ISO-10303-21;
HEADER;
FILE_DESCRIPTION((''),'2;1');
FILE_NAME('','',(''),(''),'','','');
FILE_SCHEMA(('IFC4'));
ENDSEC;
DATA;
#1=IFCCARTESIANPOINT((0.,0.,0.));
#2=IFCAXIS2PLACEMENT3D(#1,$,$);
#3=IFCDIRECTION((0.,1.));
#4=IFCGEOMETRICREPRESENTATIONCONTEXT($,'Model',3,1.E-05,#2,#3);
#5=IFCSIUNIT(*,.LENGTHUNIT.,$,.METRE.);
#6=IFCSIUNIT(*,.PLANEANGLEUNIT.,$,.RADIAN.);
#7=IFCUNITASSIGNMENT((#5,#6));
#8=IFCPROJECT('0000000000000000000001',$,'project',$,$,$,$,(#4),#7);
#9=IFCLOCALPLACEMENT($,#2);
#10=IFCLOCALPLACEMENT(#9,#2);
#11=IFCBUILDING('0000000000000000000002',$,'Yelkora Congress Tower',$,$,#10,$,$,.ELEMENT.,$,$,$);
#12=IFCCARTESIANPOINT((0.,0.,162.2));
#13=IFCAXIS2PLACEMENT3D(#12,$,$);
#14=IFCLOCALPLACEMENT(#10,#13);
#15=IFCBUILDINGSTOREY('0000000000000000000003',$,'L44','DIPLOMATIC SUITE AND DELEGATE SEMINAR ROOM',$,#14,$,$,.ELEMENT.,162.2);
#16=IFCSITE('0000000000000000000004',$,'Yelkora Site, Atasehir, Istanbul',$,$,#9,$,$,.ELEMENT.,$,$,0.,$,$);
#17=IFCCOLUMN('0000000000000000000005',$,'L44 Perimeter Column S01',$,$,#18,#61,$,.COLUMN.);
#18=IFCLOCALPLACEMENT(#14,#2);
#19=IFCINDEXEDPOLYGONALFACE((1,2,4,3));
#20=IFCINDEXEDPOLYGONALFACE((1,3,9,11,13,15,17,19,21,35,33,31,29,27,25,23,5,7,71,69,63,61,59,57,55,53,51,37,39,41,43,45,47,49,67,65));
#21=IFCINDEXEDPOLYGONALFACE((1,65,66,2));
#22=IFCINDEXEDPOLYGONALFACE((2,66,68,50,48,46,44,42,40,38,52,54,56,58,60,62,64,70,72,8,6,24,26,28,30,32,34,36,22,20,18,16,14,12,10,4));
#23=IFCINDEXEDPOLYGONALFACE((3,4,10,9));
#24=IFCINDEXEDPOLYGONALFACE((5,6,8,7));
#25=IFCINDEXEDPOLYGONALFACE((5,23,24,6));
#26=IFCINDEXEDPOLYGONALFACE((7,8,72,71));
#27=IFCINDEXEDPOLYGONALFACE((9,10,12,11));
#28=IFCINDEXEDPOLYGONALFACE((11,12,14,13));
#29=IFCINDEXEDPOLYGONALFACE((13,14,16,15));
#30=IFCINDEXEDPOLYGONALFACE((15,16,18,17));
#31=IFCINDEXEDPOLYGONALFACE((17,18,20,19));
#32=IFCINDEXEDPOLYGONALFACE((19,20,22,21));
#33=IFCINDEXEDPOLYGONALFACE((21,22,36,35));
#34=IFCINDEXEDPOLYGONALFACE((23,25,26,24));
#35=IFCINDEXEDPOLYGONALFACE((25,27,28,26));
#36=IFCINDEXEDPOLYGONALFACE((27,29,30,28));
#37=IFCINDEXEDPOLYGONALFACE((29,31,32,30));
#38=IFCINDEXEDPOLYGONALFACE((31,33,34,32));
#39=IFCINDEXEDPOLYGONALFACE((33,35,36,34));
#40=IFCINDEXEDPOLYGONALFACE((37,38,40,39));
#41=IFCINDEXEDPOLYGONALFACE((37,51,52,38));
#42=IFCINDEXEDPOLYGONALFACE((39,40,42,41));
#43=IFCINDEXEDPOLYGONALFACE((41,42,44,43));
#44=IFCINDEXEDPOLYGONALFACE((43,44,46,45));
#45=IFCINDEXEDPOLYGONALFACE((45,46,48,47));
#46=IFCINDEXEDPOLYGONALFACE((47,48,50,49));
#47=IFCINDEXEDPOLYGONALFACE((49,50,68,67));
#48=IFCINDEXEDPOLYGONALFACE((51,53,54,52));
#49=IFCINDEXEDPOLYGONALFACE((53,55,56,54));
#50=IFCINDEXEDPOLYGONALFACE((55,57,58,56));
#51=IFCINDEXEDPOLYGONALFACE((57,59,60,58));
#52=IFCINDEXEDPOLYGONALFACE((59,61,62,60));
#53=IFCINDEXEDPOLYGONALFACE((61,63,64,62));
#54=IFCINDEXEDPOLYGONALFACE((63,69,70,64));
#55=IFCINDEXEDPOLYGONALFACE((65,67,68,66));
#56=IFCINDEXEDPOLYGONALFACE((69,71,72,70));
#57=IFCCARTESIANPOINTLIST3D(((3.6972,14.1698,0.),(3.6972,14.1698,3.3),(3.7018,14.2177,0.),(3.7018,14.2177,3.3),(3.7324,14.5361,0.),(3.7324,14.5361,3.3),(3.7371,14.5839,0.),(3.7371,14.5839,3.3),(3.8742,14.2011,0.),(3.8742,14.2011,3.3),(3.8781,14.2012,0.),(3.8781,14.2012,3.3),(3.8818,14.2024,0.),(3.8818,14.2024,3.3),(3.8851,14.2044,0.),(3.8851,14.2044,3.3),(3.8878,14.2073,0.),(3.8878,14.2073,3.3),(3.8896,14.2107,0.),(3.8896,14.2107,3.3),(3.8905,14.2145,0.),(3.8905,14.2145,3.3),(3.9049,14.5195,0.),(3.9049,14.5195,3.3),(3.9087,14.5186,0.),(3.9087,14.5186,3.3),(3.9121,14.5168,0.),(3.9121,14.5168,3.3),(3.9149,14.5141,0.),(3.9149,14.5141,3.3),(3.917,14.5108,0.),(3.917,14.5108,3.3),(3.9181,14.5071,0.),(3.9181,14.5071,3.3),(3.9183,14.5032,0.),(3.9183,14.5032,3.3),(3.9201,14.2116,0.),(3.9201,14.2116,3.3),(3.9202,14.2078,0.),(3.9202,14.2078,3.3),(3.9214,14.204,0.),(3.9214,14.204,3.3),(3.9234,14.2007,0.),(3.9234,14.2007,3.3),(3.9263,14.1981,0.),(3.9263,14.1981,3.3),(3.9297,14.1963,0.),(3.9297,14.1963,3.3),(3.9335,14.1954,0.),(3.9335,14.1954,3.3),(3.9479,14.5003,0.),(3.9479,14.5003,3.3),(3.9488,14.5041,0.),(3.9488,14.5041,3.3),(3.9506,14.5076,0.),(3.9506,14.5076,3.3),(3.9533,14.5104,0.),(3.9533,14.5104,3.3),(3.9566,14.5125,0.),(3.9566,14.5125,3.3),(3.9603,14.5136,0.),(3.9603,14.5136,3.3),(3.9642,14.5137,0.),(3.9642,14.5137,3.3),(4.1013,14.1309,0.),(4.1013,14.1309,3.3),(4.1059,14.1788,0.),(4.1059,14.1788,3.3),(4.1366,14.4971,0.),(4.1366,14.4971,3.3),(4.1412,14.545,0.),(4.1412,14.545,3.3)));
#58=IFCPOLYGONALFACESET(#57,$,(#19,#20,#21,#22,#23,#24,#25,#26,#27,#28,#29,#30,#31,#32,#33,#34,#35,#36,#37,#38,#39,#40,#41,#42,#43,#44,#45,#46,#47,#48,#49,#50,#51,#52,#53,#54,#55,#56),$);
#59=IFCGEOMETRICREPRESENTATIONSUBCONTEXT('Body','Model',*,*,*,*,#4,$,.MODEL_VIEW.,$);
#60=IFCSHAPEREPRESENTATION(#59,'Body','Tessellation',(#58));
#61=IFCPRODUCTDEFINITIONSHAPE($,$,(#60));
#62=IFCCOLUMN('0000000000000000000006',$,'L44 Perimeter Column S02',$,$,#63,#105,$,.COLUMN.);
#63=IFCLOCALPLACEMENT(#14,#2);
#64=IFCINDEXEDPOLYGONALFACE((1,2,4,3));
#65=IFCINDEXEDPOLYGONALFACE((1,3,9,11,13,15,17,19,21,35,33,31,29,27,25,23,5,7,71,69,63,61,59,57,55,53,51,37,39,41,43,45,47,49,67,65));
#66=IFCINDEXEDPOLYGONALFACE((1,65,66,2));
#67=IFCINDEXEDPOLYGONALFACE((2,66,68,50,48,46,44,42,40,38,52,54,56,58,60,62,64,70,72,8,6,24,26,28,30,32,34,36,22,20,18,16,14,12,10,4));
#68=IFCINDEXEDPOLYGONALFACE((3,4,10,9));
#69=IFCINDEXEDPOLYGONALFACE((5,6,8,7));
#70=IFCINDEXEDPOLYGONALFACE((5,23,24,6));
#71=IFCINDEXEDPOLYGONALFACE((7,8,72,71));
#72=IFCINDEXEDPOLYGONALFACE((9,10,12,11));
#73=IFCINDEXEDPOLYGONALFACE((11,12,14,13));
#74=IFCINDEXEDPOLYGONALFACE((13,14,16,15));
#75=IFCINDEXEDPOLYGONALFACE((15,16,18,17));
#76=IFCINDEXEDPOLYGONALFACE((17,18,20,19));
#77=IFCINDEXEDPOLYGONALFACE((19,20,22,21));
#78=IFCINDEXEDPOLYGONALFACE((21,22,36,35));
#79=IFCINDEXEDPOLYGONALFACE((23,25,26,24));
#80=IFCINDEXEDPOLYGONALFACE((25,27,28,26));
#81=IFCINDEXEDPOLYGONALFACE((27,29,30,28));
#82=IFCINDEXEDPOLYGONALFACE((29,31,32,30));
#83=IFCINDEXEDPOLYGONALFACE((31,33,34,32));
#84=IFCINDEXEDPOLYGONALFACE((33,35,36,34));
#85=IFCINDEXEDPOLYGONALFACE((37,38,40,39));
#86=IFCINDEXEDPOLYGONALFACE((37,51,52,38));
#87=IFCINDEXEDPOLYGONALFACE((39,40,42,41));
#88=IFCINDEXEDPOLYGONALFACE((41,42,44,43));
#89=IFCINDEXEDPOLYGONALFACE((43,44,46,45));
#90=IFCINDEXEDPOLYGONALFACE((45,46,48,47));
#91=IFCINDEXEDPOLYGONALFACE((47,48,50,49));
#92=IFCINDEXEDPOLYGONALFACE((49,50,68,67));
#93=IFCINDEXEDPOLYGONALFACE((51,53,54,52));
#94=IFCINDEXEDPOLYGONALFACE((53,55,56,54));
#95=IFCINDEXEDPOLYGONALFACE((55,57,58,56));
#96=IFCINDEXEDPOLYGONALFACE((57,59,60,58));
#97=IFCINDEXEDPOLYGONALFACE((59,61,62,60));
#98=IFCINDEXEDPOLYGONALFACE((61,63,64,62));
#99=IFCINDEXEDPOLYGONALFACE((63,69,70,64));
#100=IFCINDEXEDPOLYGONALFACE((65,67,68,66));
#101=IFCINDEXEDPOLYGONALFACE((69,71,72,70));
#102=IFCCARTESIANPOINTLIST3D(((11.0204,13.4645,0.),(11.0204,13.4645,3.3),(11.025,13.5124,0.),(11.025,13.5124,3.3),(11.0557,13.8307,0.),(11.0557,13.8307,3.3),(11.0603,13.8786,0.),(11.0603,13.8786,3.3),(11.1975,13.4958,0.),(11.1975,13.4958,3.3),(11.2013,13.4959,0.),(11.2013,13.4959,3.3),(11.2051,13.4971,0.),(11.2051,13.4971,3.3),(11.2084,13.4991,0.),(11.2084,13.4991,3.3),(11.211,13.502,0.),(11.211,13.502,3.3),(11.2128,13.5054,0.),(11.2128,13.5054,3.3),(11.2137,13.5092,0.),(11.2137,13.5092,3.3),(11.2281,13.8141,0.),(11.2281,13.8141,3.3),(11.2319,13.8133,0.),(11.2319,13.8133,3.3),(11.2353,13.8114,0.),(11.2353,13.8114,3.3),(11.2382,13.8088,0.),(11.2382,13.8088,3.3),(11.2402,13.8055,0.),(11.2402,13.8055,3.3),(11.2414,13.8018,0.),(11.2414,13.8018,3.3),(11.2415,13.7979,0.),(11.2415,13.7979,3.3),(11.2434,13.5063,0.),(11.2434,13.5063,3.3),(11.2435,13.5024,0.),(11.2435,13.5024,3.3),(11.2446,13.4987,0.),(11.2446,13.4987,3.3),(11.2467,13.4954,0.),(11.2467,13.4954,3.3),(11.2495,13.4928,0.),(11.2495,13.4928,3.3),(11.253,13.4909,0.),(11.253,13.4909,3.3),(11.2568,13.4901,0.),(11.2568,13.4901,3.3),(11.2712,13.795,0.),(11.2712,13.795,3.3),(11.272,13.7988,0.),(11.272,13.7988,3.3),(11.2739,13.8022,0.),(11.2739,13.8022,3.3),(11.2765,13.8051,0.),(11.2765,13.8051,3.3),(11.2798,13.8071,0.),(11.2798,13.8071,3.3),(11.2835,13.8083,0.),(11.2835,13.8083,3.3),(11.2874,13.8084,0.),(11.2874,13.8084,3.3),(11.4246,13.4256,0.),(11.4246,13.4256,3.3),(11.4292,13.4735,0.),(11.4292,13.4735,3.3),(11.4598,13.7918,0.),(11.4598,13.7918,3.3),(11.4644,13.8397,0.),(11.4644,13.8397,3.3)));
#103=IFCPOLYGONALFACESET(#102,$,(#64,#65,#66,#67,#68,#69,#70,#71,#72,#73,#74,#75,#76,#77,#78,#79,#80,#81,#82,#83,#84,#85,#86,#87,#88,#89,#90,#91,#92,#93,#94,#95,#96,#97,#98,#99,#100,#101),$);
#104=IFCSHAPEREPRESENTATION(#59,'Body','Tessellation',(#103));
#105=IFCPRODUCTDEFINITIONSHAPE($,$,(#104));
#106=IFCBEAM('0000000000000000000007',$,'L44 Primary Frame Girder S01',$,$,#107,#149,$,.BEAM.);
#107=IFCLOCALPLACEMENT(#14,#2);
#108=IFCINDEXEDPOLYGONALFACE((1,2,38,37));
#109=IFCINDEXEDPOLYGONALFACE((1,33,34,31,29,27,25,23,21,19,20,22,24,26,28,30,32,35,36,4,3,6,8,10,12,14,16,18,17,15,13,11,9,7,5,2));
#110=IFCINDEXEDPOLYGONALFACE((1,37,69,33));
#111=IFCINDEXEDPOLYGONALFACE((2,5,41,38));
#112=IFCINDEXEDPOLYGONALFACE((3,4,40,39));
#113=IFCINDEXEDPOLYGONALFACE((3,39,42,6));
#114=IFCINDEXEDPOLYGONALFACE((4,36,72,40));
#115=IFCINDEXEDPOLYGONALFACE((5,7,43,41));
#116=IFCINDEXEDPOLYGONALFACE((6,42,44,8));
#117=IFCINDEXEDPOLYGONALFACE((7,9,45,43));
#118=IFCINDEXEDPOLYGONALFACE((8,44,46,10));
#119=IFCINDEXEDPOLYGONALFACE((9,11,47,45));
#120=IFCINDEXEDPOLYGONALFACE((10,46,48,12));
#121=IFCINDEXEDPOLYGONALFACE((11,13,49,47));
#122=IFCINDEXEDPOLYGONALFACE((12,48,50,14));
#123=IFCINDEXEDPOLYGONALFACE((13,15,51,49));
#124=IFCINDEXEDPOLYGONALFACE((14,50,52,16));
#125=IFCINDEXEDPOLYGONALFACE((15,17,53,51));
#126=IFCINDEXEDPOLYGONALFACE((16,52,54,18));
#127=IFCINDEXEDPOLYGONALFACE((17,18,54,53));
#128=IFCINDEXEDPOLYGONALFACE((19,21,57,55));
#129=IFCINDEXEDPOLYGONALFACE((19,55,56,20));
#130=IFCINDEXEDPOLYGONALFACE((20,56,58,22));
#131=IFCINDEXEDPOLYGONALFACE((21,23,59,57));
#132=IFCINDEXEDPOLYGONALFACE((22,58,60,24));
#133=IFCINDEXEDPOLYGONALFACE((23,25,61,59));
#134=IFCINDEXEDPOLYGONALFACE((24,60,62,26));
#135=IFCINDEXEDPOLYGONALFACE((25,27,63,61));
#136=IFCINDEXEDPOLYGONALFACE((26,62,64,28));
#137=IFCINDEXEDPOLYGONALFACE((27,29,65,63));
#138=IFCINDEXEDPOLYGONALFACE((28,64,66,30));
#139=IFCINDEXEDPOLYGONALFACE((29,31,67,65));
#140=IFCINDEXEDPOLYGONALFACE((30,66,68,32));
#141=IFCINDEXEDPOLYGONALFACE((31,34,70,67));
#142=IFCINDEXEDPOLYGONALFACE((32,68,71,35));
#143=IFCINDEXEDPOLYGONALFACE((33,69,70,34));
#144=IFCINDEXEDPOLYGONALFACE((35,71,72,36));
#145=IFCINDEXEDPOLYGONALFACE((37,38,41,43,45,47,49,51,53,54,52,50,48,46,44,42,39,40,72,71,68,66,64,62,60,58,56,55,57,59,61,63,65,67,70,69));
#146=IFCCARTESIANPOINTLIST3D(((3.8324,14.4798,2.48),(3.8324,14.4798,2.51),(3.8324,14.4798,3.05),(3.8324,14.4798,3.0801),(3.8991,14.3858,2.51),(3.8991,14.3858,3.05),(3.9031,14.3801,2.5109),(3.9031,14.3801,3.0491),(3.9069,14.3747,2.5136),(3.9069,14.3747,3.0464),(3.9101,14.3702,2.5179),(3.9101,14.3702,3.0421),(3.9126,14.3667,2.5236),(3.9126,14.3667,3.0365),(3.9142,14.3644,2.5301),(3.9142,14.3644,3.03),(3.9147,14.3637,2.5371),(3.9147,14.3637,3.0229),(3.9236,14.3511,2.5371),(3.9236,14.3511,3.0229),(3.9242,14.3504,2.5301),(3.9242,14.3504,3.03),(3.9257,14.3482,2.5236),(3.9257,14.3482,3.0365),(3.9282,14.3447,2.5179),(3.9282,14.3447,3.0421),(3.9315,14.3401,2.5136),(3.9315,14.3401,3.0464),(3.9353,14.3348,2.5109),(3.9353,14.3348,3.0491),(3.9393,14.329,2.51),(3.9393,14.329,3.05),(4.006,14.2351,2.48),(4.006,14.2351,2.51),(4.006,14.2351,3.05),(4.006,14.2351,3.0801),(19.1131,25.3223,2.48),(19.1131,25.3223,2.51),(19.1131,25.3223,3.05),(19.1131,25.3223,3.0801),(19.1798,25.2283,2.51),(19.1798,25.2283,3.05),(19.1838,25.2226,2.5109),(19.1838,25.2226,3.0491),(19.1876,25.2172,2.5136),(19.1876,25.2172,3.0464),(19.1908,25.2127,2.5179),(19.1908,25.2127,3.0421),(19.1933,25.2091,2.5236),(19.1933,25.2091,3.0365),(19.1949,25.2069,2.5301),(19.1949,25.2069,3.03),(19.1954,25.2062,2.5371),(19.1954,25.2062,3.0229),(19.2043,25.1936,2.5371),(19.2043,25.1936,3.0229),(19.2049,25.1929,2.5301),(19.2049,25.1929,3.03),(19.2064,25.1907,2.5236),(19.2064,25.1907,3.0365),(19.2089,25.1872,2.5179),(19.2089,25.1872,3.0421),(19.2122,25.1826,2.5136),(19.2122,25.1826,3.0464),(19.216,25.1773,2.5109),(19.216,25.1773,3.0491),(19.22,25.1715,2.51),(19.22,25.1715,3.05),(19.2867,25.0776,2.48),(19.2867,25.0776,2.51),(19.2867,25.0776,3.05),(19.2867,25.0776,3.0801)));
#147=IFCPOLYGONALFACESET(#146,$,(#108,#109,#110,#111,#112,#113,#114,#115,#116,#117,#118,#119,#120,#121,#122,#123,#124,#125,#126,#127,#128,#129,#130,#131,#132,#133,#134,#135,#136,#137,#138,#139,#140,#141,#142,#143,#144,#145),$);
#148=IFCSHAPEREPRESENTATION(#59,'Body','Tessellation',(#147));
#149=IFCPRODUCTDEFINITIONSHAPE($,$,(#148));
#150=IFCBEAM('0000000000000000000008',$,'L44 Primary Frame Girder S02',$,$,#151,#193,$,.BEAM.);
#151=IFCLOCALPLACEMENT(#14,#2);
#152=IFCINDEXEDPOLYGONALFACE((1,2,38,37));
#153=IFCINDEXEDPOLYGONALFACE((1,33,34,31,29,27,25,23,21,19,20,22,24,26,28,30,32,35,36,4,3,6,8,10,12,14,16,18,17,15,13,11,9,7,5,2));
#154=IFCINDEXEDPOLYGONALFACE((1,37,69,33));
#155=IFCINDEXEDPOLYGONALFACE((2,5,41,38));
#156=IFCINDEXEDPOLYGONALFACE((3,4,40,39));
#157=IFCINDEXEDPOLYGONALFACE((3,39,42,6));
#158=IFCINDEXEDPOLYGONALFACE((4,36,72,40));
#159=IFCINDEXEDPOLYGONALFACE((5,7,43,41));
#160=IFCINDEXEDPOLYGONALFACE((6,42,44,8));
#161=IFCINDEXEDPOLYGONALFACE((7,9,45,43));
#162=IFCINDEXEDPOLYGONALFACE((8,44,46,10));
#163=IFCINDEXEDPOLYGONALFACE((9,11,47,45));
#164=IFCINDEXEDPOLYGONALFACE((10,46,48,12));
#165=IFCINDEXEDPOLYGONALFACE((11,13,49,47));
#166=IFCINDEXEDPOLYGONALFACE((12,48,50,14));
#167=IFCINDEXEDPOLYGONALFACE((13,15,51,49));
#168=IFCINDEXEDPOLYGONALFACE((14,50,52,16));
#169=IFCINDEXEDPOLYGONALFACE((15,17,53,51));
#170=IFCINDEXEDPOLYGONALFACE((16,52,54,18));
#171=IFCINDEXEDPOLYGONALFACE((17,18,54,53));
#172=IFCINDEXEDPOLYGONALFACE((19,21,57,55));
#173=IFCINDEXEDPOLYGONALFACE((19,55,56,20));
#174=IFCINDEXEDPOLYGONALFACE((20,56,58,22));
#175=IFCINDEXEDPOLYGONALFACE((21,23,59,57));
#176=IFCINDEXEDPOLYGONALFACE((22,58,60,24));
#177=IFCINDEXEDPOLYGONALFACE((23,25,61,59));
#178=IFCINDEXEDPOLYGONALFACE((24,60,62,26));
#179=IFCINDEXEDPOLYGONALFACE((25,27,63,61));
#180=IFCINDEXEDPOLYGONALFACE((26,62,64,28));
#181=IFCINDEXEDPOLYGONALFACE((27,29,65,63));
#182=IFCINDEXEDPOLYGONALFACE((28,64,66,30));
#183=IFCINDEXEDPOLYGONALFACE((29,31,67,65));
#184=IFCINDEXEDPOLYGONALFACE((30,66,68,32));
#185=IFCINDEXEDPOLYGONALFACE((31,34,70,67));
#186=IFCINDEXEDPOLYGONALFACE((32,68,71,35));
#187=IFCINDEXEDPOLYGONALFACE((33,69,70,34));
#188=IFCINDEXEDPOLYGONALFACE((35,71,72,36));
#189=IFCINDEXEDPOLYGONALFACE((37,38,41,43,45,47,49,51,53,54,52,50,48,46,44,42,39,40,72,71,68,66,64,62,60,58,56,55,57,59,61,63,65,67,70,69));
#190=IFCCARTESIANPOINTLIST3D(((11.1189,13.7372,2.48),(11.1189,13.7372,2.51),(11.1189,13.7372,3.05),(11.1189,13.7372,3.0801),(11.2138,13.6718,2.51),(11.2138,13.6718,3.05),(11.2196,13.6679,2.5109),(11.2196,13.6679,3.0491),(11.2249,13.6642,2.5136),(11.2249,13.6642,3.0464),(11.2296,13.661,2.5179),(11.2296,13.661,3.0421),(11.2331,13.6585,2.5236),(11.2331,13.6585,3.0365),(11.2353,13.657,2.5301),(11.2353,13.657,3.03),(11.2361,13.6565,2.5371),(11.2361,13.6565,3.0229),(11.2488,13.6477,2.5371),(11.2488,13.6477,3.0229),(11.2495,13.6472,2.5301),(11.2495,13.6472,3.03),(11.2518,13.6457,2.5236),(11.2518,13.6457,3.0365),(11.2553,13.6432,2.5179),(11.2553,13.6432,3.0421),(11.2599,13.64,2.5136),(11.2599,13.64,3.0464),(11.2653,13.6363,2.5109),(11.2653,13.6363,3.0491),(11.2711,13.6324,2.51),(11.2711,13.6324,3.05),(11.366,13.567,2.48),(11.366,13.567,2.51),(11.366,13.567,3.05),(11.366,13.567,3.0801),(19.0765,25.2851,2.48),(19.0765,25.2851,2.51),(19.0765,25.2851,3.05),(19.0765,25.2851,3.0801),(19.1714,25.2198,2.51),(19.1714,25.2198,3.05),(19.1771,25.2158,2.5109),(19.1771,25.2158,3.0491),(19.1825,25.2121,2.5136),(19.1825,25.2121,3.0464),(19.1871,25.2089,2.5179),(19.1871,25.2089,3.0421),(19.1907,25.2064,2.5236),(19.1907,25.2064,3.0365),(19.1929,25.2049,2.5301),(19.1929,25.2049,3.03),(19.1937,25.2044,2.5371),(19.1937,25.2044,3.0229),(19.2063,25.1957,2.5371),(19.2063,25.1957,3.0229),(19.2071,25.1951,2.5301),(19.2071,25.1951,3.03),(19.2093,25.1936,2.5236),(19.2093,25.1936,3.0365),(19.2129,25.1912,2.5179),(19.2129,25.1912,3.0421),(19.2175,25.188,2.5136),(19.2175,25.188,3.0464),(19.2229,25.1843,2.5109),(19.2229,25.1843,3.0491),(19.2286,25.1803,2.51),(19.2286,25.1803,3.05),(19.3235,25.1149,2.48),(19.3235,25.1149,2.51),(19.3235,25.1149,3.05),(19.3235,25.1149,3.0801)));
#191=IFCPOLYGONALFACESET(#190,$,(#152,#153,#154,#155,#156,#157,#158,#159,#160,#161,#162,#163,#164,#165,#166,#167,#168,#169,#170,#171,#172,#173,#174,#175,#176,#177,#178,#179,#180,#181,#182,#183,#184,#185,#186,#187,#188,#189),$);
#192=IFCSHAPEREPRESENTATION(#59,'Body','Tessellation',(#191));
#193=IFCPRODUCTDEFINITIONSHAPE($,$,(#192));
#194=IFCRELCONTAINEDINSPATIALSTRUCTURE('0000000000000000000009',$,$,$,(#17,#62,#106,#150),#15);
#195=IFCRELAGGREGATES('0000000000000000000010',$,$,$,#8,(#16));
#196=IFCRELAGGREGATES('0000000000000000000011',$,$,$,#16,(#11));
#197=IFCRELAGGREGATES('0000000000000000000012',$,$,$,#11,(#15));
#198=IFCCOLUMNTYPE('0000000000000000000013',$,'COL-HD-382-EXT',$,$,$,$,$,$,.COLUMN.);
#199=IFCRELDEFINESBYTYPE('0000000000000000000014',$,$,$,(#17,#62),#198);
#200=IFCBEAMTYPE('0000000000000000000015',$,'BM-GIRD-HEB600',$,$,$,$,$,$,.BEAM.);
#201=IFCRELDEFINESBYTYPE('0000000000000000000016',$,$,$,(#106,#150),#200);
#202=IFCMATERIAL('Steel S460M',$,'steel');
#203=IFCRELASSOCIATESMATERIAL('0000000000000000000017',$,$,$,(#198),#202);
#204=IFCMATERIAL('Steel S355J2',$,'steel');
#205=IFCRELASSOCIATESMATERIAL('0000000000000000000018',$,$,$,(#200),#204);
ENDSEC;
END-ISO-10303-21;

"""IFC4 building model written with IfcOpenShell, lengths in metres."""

from ifc_helpers import new_model, si_unit, direction, frame, origin, origin_2d, place, context, subcontext, project, spatial, i_section, extrude, material, material_profile, profile_set, type_object, element, save


model = new_model("IFC4")

# Units and contexts
model_context = context("Model", 3, precision=1e-05, world=origin(), true_north=direction((0.0, 1.0)))
body_context = subcontext(model_context, "Body", "Model", "MODEL_VIEW")
ifc_project = project(units=[si_unit("LENGTHUNIT", "METRE"), si_unit("PLANEANGLEUNIT", "RADIAN")], contexts=[model_context])

# Site, building, storey
site_placement = place(None, origin())
site = spatial("IfcSite", under=ifc_project, at=site_placement, Name="Yelkora Site, Atasehir, Istanbul", CompositionType="ELEMENT", RefElevation=0.0)
building_placement = place(site_placement, origin())
building = spatial("IfcBuilding", under=site, at=building_placement, Name="Yelkora Congress Tower", CompositionType="ELEMENT")
storey_placement = place(building_placement, frame((0.0, 0.0, 162.2)))
storey = spatial("IfcBuildingStorey", under=building, at=storey_placement, Name="L44", Description="DIPLOMATIC SUITE AND DELEGATE SEMINAR ROOM", CompositionType="ELEMENT", Elevation=162.2)

# Columns
ifc_material_1 = material(Name="Steel S460M", Category="steel")
ifc_material_profile_1 = material_profile(ifc_material_1, i_section(OverallWidth=0.406, OverallDepth=0.416, WebThickness=0.0298, FlangeThickness=0.0481, FilletRadius=0.0149, at=origin_2d()), Name="HD 400x382")
ifc_profile_set_1 = profile_set([ifc_material_profile_1], Name="Steel S460M")
column_type = type_object("IfcColumnType", Name="COL-HD-382-EXT", PredefinedType="COLUMN", material=ifc_profile_set_1)
for number, where, z_axis, x_axis, name in (
    (1, (3.9192, 14.3574, 0.0), (0.0, 0.0, 1.0), (0.995396, -0.095846, 0.0), "L44 Perimeter Column S01"),
    (2, (11.2424, 13.6521, 0.0), (0.0, 0.0, 1.0), (0.995396, -0.095846, 0.0), "L44 Perimeter Column S02"),
):
    element("IfcColumn", number, at=place(storey_placement, frame(where, z_axis=z_axis, x_axis=x_axis)), inside=storey, type_object=column_type, Name=name, PredefinedType="COLUMN", context=body_context, shape_type="SweptSolid", body=[
        extrude(i_section(OverallWidth=0.406, OverallDepth=0.416, WebThickness=0.0298, FlangeThickness=0.0481, FilletRadius=0.0149, at=origin_2d()), origin(), (0.0, 0.0, 1.0), 3.3),
    ])

# Beams
ifc_material_2 = material(Name="Steel S355J2", Category="steel")
ifc_material_profile_2 = material_profile(ifc_material_2, i_section(OverallWidth=0.3, OverallDepth=0.6001, WebThickness=0.0154, FlangeThickness=0.03, FilletRadius=0.0271, at=origin_2d()), Name="HEB 600")
ifc_profile_set_2 = profile_set([ifc_material_profile_2], Name="Steel S355J2")
beam_type_1 = type_object("IfcBeamType", Name="BM-GIRD-HEB600", PredefinedType="BEAM", material=ifc_profile_set_2)
beam_1_placement = place(storey_placement, frame((3.9192, 14.3574, 2.78), z_axis=(0.815555, 0.57868, 0.0), x_axis=(-0.57868, 0.815555, 0.0)))
element("IfcBeam", 3, at=beam_1_placement, inside=storey, type_object=beam_type_1, Name="L44 Primary Frame Girder S01", PredefinedType="BEAM", context=body_context, shape_type="SweptSolid", body=[
    extrude(i_section(OverallWidth=0.3, OverallDepth=0.6001, WebThickness=0.0154, FlangeThickness=0.03, FilletRadius=0.0271, at=origin_2d()), origin(), (0.0, 0.0, 1.0), 18.7366),
])
beam_2_placement = place(storey_placement, frame((11.2424, 13.6521, 2.78), z_axis=(0.567418, 0.82343, 0.0), x_axis=(-0.82343, 0.567418, 0.0)))
element("IfcBeam", 4, at=beam_2_placement, inside=storey, type_object=beam_type_1, Name="L44 Primary Frame Girder S02", PredefinedType="BEAM", context=body_context, shape_type="SweptSolid", body=[
    extrude(i_section(OverallWidth=0.3, OverallDepth=0.6001, WebThickness=0.0154, FlangeThickness=0.03, FilletRadius=0.0271, at=origin_2d()), origin(), (0.0, 0.0, 1.0), 14.0242),
])

save(model, "model.ifc")
